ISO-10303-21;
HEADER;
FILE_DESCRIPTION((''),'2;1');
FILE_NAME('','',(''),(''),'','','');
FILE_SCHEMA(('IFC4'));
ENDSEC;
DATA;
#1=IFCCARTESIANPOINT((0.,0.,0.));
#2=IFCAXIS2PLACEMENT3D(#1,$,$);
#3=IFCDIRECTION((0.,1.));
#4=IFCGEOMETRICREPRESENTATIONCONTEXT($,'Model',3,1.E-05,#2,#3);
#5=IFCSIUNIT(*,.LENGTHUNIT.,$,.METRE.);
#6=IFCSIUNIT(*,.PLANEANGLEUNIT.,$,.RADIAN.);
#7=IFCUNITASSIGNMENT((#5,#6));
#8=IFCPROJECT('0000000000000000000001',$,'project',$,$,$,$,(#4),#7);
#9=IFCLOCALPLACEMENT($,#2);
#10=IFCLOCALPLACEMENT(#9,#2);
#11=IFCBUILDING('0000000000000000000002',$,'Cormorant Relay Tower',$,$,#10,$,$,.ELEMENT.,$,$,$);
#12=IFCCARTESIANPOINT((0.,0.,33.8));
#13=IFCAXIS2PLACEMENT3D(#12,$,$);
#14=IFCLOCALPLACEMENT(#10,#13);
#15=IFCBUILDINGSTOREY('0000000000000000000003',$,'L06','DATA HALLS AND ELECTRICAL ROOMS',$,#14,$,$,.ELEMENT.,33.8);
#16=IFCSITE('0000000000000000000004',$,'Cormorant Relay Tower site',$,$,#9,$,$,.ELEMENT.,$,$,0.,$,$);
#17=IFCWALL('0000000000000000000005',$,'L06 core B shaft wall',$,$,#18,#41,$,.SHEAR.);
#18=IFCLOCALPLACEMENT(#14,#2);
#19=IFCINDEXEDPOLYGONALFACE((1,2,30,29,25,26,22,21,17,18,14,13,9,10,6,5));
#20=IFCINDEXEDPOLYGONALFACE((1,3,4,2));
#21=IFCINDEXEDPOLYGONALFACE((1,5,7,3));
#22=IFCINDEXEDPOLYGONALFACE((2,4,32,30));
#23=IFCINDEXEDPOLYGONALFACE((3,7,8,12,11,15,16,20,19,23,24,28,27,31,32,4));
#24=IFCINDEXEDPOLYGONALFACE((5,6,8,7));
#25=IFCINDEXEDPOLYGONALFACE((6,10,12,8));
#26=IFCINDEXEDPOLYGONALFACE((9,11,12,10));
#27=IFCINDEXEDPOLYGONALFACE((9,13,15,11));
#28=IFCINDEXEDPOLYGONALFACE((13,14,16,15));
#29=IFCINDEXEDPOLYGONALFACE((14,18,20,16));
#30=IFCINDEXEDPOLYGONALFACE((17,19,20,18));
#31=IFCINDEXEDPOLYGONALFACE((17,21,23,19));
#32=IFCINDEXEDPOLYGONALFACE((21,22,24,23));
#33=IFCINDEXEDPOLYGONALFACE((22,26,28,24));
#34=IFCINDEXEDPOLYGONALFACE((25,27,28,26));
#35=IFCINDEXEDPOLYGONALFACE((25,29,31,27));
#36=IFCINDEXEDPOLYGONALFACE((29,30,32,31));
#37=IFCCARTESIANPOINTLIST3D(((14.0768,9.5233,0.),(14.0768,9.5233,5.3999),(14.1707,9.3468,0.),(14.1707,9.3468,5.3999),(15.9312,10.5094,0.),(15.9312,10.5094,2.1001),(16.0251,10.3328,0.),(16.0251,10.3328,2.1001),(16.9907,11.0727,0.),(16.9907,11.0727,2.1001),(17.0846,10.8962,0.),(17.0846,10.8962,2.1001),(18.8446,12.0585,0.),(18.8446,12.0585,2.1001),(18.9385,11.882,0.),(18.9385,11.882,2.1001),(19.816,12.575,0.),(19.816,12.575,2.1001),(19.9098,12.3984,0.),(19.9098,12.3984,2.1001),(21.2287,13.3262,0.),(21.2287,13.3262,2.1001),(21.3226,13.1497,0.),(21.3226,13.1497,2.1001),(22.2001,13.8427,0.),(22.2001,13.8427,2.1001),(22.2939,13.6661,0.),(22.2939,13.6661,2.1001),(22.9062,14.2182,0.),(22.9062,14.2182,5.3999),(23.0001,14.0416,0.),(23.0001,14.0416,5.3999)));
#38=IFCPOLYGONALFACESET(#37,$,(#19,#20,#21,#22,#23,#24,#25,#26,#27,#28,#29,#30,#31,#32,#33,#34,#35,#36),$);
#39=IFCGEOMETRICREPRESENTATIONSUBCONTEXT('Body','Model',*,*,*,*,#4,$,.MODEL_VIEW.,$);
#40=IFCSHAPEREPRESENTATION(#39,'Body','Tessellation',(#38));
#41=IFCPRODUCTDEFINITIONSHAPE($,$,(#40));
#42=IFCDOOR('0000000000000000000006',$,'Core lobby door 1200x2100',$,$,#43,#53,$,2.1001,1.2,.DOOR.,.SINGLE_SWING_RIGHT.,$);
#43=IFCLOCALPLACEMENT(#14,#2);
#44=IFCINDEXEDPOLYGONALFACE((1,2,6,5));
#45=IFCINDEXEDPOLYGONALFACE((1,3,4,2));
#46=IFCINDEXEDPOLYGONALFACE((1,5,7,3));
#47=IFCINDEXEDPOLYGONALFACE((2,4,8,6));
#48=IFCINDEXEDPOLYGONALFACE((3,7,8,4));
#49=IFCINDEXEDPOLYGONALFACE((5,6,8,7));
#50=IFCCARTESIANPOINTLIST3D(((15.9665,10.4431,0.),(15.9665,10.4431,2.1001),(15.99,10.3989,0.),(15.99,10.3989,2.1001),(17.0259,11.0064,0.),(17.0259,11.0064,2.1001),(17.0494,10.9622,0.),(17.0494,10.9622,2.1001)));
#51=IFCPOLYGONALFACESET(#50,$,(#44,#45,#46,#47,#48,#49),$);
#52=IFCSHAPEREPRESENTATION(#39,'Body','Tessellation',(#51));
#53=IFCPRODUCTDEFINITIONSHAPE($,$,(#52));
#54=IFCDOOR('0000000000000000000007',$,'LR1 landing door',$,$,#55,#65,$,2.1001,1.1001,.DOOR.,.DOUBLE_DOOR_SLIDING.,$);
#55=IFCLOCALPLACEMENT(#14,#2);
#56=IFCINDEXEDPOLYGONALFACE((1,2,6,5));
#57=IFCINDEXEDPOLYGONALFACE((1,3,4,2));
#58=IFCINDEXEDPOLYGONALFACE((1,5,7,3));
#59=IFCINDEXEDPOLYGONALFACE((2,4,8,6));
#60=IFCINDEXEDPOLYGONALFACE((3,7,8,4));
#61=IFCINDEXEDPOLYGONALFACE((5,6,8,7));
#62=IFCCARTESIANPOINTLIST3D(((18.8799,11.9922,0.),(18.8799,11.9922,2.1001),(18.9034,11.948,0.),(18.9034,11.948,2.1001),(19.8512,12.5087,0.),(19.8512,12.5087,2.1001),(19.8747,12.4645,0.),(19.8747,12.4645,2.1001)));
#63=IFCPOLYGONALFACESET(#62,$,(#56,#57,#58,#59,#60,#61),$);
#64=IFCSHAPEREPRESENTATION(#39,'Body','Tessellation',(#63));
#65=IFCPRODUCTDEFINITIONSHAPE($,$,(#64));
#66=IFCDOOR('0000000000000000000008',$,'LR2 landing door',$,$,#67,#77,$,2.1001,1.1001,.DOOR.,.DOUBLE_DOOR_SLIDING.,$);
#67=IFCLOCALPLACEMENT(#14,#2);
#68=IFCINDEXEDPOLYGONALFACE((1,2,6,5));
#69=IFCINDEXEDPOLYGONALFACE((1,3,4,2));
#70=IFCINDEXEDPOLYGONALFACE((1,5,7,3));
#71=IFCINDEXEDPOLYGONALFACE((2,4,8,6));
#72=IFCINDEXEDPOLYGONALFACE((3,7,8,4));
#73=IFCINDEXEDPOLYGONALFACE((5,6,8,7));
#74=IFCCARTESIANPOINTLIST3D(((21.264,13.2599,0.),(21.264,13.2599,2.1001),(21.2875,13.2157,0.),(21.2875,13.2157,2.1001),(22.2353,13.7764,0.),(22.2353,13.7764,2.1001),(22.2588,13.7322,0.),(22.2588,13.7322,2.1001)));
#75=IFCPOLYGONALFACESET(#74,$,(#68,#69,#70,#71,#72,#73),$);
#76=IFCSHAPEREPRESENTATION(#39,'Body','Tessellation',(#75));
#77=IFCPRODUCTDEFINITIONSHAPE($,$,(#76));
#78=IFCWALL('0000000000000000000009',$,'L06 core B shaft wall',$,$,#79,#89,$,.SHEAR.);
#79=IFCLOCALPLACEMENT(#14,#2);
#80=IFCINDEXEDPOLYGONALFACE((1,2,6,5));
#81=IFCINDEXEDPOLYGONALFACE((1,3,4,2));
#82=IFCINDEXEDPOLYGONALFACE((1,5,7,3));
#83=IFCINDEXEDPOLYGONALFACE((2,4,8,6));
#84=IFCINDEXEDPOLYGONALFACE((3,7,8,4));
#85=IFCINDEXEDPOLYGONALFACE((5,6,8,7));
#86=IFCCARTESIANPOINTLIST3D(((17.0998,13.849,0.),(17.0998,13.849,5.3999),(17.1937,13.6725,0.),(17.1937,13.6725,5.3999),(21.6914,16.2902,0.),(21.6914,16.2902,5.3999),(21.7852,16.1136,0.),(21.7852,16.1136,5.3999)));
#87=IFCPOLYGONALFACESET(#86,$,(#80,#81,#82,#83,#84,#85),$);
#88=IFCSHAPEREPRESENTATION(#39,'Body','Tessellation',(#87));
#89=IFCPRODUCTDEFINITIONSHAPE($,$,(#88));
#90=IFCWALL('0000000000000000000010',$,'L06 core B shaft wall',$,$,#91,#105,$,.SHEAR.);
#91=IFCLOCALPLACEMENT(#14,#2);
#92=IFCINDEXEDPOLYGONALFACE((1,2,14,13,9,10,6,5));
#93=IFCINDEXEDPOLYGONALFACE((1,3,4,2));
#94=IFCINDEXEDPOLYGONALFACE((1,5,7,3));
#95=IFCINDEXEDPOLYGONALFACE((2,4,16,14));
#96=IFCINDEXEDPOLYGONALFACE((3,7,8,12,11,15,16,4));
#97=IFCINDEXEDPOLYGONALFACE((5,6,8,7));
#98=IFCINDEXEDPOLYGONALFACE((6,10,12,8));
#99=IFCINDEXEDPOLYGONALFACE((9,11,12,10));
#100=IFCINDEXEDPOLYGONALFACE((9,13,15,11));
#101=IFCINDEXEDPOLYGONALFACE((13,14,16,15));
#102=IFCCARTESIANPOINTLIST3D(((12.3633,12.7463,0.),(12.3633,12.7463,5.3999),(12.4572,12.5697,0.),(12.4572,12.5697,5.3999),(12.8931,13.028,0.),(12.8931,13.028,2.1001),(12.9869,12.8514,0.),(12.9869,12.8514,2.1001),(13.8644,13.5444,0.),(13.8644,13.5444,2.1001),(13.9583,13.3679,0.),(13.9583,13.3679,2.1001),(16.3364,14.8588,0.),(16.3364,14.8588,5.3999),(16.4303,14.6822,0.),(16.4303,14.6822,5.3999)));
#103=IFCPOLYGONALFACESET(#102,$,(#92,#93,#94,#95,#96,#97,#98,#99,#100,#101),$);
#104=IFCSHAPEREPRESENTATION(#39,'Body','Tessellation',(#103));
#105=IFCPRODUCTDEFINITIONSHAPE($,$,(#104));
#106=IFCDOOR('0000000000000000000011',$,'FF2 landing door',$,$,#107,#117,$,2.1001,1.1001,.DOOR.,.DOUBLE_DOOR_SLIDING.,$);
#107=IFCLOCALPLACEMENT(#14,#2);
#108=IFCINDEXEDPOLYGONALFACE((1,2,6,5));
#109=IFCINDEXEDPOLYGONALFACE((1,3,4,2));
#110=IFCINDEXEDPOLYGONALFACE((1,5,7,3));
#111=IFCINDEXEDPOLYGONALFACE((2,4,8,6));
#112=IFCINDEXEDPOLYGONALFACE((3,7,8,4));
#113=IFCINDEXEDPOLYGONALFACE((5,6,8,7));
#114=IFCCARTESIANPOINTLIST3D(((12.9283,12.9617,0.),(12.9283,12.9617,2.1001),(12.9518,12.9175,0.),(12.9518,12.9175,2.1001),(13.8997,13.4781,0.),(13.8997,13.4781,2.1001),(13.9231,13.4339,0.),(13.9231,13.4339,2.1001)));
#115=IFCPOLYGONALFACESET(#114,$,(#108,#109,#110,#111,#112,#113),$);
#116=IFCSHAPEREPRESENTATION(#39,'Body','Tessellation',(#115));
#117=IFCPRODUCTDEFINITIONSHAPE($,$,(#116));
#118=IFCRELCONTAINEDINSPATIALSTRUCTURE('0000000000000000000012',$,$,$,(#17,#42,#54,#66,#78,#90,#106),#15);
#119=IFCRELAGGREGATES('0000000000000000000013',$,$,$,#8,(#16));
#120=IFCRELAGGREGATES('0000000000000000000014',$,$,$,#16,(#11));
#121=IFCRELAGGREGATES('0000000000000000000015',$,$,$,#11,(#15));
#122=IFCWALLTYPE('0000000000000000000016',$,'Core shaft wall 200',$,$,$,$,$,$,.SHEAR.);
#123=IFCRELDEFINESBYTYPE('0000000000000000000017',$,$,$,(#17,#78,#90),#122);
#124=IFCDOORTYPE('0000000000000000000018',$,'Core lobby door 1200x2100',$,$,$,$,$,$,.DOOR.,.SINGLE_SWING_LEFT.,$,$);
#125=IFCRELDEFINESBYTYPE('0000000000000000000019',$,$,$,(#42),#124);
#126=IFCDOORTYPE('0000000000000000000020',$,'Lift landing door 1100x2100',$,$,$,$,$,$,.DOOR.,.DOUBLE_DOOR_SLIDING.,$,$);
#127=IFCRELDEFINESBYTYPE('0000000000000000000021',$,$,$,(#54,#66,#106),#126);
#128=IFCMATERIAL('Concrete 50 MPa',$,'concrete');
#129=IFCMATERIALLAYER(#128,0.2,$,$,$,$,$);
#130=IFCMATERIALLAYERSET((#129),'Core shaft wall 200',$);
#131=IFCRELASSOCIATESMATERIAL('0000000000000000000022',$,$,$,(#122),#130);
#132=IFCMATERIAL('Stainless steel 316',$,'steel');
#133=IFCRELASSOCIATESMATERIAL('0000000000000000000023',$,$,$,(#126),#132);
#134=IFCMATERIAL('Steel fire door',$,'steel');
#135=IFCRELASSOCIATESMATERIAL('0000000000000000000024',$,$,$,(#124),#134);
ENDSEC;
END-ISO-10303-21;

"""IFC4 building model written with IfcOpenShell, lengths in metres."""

from ifc_helpers import new_model, si_unit, direction, frame, frame_2d, origin, place, context, subcontext, project, spatial, rectangle, extrude, material, layer, layer_set, type_object, element, fill, save


model = new_model("IFC4")

# Units and contexts
model_context = context("Model", 3, precision=1e-05, world=origin(), true_north=direction((0.0, 1.0)))
body_context = subcontext(model_context, "Body", "Model", "MODEL_VIEW")
ifc_project = project(units=[si_unit("LENGTHUNIT", "METRE"), si_unit("PLANEANGLEUNIT", "RADIAN")], contexts=[model_context])

# Site, building, storey
site_placement = place(None, origin())
site = spatial("IfcSite", under=ifc_project, at=site_placement, Name="Cormorant Relay Tower site", CompositionType="ELEMENT", RefElevation=0.0)
building_placement = place(site_placement, origin())
building = spatial("IfcBuilding", under=site, at=building_placement, Name="Cormorant Relay Tower", CompositionType="ELEMENT")
storey_placement = place(building_placement, frame((0.0, 0.0, 33.8)))
storey = spatial("IfcBuildingStorey", under=building, at=storey_placement, Name="L06", Description="DATA HALLS AND ELECTRICAL ROOMS", CompositionType="ELEMENT", Elevation=33.8)

# Shared definitions
ifc_material_1 = material(Name="Concrete 50 MPa", Category="concrete")
ifc_layer_1 = layer(ifc_material_1, 0.2)
ifc_layer_set_1 = layer_set([ifc_layer_1], Name="Core shaft wall 200")
wall_type_1 = type_object("IfcWallType", Name="Core shaft wall 200", PredefinedType="SHEAR", material=ifc_layer_set_1)

# Wall, openings, doors
ifc_material_2 = material(Name="Stainless steel 316", Category="steel")
door_type_1 = type_object("IfcDoorType", Name="Lift landing door 1100x2100", OperationType="DOUBLE_DOOR_SLIDING", PredefinedType="DOOR", material=ifc_material_2)
wall_1_placement = place(storey_placement, frame((14.1238, 9.4351, 0.0), z_axis=(0.0, 0.0, 1.0), x_axis=(0.88294, 0.469485, 0.0)))
wall_1 = element("IfcWall", 1, at=wall_1_placement, inside=storey, type_object=wall_type_1, Name="L06 core B shaft wall", PredefinedType="SHEAR", context=body_context, shape_type="SweptSolid", body=[
    extrude(rectangle(XDim=10.0, YDim=0.2, at=frame_2d((5.0, 0.0))), origin(), (0.0, 0.0, 1.0), 5.3999),
])
opening_1_placement = place(wall_1_placement, frame((2.1001, 0.0, 0.0)))
opening_1 = element("IfcOpeningElement", 2, at=opening_1_placement, cuts=wall_1, PredefinedType="OPENING", context=body_context, shape_type="SweptSolid", body=[
    extrude(rectangle(XDim=1.2, YDim=2.1001, at=frame_2d((0.6001, 1.05))), frame((0.0, 0.1099, 0.0), z_axis=(0.0, -1.0, 0.0), x_axis=(1.0, 0.0, 0.0)), (0.0, 0.0, 1.0), 0.22),
])
opening_2_placement = place(wall_1_placement, frame((5.3999, 0.0, 0.0)))
opening_2 = element("IfcOpeningElement", 3, at=opening_2_placement, cuts=wall_1, PredefinedType="OPENING", context=body_context, shape_type="SweptSolid", body=[
    extrude(rectangle(XDim=1.1001, YDim=2.1001, at=frame_2d((0.55, 1.05))), frame((0.0, 0.1099, 0.0), z_axis=(0.0, -1.0, 0.0), x_axis=(1.0, 0.0, 0.0)), (0.0, 0.0, 1.0), 0.22),
])
opening_3_placement = place(wall_1_placement, frame((8.1001, 0.0, 0.0)))
opening_3 = element("IfcOpeningElement", 4, at=opening_3_placement, cuts=wall_1, PredefinedType="OPENING", context=body_context, shape_type="SweptSolid", body=[
    extrude(rectangle(XDim=1.1001, YDim=2.1001, at=frame_2d((0.55, 1.05))), frame((0.0, 0.1099, 0.0), z_axis=(0.0, -1.0, 0.0), x_axis=(1.0, 0.0, 0.0)), (0.0, 0.0, 1.0), 0.22),
])
ifc_material_3 = material(Name="Steel fire door", Category="steel")
door_type_2 = type_object("IfcDoorType", Name="Core lobby door 1200x2100", OperationType="SINGLE_SWING_LEFT", PredefinedType="DOOR", material=ifc_material_3)
door_1_placement = place(opening_1_placement, origin())
door_1 = element("IfcDoor", 5, at=door_1_placement, inside=storey, type_object=door_type_2, Name="Core lobby door 1200x2100", OperationType="SINGLE_SWING_RIGHT", OverallHeight=2.1001, OverallWidth=1.2, PredefinedType="DOOR", context=body_context, shape_type="SweptSolid", body=[
    extrude(rectangle(XDim=1.2, YDim=2.1001, at=frame_2d((0.6001, 1.05))), frame((0.0, 0.0249, 0.0), z_axis=(0.0, -1.0, 0.0), x_axis=(1.0, 0.0, 0.0)), (0.0, 0.0, 1.0), 0.05),
])
fill(opening_1, door_1)
door_2_placement = place(opening_2_placement, origin())
door_2 = element("IfcDoor", 6, at=door_2_placement, inside=storey, type_object=door_type_1, Name="LR1 landing door", OperationType="DOUBLE_DOOR_SLIDING", OverallHeight=2.1001, OverallWidth=1.1001, PredefinedType="DOOR", context=body_context, shape_type="SweptSolid", body=[
    extrude(rectangle(XDim=1.1001, YDim=2.1001, at=frame_2d((0.55, 1.05))), frame((0.0, 0.0249, 0.0), z_axis=(0.0, -1.0, 0.0), x_axis=(1.0, 0.0, 0.0)), (0.0, 0.0, 1.0), 0.05),
])
fill(opening_2, door_2)
door_3_placement = place(opening_3_placement, origin())
door_3 = element("IfcDoor", 7, at=door_3_placement, inside=storey, type_object=door_type_1, Name="LR2 landing door", OperationType="DOUBLE_DOOR_SLIDING", OverallHeight=2.1001, OverallWidth=1.1001, PredefinedType="DOOR", context=body_context, shape_type="SweptSolid", body=[
    extrude(rectangle(XDim=1.1001, YDim=2.1001, at=frame_2d((0.55, 1.05))), frame((0.0, 0.0249, 0.0), z_axis=(0.0, -1.0, 0.0), x_axis=(1.0, 0.0, 0.0)), (0.0, 0.0, 1.0), 0.05),
])
fill(opening_3, door_3)

# Wall
wall_2_placement = place(storey_placement, frame((17.1467, 13.7607, 0.0), z_axis=(0.0, 0.0, 1.0), x_axis=(0.882964, 0.46944, 0.0)))
element("IfcWall", 8, at=wall_2_placement, inside=storey, type_object=wall_type_1, Name="L06 core B shaft wall", PredefinedType="SHEAR", context=body_context, shape_type="SweptSolid", body=[
    extrude(rectangle(XDim=5.2002, YDim=0.2, at=frame_2d((2.6001, 0.0))), origin(), (0.0, 0.0, 1.0), 5.3999),
])

# Wall, opening, door
wall_3_placement = place(storey_placement, frame((12.4102, 12.658, 0.0), z_axis=(0.0, 0.0, 1.0), x_axis=(0.882948, 0.46947, 0.0)))
wall_3 = element("IfcWall", 9, at=wall_3_placement, inside=storey, type_object=wall_type_1, Name="L06 core B shaft wall", PredefinedType="SHEAR", context=body_context, shape_type="SweptSolid", body=[
    extrude(rectangle(XDim=4.4998, YDim=0.2, at=frame_2d((2.25, 0.0))), origin(), (0.0, 0.0, 1.0), 5.3999),
])
opening_4_placement = place(wall_3_placement, frame((0.6001, 0.0, 0.0)))
opening_4 = element("IfcOpeningElement", 10, at=opening_4_placement, cuts=wall_3, PredefinedType="OPENING", context=body_context, shape_type="SweptSolid", body=[
    extrude(rectangle(XDim=1.1001, YDim=2.1001, at=frame_2d((0.55, 1.05))), frame((0.0, 0.1099, 0.0), z_axis=(0.0, -1.0, 0.0), x_axis=(1.0, 0.0, 0.0)), (0.0, 0.0, 1.0), 0.22),
])
door_4_placement = place(opening_4_placement, origin())
door_4 = element("IfcDoor", 11, at=door_4_placement, inside=storey, type_object=door_type_1, Name="FF2 landing door", OperationType="DOUBLE_DOOR_SLIDING", OverallHeight=2.1001, OverallWidth=1.1001, PredefinedType="DOOR", context=body_context, shape_type="SweptSolid", body=[
    extrude(rectangle(XDim=1.1001, YDim=2.1001, at=frame_2d((0.55, 1.05))), frame((0.0, 0.0249, 0.0), z_axis=(0.0, -1.0, 0.0), x_axis=(1.0, 0.0, 0.0)), (0.0, 0.0, 1.0), 0.05),
])
fill(opening_4, door_4)

save(model, "model.ifc")
